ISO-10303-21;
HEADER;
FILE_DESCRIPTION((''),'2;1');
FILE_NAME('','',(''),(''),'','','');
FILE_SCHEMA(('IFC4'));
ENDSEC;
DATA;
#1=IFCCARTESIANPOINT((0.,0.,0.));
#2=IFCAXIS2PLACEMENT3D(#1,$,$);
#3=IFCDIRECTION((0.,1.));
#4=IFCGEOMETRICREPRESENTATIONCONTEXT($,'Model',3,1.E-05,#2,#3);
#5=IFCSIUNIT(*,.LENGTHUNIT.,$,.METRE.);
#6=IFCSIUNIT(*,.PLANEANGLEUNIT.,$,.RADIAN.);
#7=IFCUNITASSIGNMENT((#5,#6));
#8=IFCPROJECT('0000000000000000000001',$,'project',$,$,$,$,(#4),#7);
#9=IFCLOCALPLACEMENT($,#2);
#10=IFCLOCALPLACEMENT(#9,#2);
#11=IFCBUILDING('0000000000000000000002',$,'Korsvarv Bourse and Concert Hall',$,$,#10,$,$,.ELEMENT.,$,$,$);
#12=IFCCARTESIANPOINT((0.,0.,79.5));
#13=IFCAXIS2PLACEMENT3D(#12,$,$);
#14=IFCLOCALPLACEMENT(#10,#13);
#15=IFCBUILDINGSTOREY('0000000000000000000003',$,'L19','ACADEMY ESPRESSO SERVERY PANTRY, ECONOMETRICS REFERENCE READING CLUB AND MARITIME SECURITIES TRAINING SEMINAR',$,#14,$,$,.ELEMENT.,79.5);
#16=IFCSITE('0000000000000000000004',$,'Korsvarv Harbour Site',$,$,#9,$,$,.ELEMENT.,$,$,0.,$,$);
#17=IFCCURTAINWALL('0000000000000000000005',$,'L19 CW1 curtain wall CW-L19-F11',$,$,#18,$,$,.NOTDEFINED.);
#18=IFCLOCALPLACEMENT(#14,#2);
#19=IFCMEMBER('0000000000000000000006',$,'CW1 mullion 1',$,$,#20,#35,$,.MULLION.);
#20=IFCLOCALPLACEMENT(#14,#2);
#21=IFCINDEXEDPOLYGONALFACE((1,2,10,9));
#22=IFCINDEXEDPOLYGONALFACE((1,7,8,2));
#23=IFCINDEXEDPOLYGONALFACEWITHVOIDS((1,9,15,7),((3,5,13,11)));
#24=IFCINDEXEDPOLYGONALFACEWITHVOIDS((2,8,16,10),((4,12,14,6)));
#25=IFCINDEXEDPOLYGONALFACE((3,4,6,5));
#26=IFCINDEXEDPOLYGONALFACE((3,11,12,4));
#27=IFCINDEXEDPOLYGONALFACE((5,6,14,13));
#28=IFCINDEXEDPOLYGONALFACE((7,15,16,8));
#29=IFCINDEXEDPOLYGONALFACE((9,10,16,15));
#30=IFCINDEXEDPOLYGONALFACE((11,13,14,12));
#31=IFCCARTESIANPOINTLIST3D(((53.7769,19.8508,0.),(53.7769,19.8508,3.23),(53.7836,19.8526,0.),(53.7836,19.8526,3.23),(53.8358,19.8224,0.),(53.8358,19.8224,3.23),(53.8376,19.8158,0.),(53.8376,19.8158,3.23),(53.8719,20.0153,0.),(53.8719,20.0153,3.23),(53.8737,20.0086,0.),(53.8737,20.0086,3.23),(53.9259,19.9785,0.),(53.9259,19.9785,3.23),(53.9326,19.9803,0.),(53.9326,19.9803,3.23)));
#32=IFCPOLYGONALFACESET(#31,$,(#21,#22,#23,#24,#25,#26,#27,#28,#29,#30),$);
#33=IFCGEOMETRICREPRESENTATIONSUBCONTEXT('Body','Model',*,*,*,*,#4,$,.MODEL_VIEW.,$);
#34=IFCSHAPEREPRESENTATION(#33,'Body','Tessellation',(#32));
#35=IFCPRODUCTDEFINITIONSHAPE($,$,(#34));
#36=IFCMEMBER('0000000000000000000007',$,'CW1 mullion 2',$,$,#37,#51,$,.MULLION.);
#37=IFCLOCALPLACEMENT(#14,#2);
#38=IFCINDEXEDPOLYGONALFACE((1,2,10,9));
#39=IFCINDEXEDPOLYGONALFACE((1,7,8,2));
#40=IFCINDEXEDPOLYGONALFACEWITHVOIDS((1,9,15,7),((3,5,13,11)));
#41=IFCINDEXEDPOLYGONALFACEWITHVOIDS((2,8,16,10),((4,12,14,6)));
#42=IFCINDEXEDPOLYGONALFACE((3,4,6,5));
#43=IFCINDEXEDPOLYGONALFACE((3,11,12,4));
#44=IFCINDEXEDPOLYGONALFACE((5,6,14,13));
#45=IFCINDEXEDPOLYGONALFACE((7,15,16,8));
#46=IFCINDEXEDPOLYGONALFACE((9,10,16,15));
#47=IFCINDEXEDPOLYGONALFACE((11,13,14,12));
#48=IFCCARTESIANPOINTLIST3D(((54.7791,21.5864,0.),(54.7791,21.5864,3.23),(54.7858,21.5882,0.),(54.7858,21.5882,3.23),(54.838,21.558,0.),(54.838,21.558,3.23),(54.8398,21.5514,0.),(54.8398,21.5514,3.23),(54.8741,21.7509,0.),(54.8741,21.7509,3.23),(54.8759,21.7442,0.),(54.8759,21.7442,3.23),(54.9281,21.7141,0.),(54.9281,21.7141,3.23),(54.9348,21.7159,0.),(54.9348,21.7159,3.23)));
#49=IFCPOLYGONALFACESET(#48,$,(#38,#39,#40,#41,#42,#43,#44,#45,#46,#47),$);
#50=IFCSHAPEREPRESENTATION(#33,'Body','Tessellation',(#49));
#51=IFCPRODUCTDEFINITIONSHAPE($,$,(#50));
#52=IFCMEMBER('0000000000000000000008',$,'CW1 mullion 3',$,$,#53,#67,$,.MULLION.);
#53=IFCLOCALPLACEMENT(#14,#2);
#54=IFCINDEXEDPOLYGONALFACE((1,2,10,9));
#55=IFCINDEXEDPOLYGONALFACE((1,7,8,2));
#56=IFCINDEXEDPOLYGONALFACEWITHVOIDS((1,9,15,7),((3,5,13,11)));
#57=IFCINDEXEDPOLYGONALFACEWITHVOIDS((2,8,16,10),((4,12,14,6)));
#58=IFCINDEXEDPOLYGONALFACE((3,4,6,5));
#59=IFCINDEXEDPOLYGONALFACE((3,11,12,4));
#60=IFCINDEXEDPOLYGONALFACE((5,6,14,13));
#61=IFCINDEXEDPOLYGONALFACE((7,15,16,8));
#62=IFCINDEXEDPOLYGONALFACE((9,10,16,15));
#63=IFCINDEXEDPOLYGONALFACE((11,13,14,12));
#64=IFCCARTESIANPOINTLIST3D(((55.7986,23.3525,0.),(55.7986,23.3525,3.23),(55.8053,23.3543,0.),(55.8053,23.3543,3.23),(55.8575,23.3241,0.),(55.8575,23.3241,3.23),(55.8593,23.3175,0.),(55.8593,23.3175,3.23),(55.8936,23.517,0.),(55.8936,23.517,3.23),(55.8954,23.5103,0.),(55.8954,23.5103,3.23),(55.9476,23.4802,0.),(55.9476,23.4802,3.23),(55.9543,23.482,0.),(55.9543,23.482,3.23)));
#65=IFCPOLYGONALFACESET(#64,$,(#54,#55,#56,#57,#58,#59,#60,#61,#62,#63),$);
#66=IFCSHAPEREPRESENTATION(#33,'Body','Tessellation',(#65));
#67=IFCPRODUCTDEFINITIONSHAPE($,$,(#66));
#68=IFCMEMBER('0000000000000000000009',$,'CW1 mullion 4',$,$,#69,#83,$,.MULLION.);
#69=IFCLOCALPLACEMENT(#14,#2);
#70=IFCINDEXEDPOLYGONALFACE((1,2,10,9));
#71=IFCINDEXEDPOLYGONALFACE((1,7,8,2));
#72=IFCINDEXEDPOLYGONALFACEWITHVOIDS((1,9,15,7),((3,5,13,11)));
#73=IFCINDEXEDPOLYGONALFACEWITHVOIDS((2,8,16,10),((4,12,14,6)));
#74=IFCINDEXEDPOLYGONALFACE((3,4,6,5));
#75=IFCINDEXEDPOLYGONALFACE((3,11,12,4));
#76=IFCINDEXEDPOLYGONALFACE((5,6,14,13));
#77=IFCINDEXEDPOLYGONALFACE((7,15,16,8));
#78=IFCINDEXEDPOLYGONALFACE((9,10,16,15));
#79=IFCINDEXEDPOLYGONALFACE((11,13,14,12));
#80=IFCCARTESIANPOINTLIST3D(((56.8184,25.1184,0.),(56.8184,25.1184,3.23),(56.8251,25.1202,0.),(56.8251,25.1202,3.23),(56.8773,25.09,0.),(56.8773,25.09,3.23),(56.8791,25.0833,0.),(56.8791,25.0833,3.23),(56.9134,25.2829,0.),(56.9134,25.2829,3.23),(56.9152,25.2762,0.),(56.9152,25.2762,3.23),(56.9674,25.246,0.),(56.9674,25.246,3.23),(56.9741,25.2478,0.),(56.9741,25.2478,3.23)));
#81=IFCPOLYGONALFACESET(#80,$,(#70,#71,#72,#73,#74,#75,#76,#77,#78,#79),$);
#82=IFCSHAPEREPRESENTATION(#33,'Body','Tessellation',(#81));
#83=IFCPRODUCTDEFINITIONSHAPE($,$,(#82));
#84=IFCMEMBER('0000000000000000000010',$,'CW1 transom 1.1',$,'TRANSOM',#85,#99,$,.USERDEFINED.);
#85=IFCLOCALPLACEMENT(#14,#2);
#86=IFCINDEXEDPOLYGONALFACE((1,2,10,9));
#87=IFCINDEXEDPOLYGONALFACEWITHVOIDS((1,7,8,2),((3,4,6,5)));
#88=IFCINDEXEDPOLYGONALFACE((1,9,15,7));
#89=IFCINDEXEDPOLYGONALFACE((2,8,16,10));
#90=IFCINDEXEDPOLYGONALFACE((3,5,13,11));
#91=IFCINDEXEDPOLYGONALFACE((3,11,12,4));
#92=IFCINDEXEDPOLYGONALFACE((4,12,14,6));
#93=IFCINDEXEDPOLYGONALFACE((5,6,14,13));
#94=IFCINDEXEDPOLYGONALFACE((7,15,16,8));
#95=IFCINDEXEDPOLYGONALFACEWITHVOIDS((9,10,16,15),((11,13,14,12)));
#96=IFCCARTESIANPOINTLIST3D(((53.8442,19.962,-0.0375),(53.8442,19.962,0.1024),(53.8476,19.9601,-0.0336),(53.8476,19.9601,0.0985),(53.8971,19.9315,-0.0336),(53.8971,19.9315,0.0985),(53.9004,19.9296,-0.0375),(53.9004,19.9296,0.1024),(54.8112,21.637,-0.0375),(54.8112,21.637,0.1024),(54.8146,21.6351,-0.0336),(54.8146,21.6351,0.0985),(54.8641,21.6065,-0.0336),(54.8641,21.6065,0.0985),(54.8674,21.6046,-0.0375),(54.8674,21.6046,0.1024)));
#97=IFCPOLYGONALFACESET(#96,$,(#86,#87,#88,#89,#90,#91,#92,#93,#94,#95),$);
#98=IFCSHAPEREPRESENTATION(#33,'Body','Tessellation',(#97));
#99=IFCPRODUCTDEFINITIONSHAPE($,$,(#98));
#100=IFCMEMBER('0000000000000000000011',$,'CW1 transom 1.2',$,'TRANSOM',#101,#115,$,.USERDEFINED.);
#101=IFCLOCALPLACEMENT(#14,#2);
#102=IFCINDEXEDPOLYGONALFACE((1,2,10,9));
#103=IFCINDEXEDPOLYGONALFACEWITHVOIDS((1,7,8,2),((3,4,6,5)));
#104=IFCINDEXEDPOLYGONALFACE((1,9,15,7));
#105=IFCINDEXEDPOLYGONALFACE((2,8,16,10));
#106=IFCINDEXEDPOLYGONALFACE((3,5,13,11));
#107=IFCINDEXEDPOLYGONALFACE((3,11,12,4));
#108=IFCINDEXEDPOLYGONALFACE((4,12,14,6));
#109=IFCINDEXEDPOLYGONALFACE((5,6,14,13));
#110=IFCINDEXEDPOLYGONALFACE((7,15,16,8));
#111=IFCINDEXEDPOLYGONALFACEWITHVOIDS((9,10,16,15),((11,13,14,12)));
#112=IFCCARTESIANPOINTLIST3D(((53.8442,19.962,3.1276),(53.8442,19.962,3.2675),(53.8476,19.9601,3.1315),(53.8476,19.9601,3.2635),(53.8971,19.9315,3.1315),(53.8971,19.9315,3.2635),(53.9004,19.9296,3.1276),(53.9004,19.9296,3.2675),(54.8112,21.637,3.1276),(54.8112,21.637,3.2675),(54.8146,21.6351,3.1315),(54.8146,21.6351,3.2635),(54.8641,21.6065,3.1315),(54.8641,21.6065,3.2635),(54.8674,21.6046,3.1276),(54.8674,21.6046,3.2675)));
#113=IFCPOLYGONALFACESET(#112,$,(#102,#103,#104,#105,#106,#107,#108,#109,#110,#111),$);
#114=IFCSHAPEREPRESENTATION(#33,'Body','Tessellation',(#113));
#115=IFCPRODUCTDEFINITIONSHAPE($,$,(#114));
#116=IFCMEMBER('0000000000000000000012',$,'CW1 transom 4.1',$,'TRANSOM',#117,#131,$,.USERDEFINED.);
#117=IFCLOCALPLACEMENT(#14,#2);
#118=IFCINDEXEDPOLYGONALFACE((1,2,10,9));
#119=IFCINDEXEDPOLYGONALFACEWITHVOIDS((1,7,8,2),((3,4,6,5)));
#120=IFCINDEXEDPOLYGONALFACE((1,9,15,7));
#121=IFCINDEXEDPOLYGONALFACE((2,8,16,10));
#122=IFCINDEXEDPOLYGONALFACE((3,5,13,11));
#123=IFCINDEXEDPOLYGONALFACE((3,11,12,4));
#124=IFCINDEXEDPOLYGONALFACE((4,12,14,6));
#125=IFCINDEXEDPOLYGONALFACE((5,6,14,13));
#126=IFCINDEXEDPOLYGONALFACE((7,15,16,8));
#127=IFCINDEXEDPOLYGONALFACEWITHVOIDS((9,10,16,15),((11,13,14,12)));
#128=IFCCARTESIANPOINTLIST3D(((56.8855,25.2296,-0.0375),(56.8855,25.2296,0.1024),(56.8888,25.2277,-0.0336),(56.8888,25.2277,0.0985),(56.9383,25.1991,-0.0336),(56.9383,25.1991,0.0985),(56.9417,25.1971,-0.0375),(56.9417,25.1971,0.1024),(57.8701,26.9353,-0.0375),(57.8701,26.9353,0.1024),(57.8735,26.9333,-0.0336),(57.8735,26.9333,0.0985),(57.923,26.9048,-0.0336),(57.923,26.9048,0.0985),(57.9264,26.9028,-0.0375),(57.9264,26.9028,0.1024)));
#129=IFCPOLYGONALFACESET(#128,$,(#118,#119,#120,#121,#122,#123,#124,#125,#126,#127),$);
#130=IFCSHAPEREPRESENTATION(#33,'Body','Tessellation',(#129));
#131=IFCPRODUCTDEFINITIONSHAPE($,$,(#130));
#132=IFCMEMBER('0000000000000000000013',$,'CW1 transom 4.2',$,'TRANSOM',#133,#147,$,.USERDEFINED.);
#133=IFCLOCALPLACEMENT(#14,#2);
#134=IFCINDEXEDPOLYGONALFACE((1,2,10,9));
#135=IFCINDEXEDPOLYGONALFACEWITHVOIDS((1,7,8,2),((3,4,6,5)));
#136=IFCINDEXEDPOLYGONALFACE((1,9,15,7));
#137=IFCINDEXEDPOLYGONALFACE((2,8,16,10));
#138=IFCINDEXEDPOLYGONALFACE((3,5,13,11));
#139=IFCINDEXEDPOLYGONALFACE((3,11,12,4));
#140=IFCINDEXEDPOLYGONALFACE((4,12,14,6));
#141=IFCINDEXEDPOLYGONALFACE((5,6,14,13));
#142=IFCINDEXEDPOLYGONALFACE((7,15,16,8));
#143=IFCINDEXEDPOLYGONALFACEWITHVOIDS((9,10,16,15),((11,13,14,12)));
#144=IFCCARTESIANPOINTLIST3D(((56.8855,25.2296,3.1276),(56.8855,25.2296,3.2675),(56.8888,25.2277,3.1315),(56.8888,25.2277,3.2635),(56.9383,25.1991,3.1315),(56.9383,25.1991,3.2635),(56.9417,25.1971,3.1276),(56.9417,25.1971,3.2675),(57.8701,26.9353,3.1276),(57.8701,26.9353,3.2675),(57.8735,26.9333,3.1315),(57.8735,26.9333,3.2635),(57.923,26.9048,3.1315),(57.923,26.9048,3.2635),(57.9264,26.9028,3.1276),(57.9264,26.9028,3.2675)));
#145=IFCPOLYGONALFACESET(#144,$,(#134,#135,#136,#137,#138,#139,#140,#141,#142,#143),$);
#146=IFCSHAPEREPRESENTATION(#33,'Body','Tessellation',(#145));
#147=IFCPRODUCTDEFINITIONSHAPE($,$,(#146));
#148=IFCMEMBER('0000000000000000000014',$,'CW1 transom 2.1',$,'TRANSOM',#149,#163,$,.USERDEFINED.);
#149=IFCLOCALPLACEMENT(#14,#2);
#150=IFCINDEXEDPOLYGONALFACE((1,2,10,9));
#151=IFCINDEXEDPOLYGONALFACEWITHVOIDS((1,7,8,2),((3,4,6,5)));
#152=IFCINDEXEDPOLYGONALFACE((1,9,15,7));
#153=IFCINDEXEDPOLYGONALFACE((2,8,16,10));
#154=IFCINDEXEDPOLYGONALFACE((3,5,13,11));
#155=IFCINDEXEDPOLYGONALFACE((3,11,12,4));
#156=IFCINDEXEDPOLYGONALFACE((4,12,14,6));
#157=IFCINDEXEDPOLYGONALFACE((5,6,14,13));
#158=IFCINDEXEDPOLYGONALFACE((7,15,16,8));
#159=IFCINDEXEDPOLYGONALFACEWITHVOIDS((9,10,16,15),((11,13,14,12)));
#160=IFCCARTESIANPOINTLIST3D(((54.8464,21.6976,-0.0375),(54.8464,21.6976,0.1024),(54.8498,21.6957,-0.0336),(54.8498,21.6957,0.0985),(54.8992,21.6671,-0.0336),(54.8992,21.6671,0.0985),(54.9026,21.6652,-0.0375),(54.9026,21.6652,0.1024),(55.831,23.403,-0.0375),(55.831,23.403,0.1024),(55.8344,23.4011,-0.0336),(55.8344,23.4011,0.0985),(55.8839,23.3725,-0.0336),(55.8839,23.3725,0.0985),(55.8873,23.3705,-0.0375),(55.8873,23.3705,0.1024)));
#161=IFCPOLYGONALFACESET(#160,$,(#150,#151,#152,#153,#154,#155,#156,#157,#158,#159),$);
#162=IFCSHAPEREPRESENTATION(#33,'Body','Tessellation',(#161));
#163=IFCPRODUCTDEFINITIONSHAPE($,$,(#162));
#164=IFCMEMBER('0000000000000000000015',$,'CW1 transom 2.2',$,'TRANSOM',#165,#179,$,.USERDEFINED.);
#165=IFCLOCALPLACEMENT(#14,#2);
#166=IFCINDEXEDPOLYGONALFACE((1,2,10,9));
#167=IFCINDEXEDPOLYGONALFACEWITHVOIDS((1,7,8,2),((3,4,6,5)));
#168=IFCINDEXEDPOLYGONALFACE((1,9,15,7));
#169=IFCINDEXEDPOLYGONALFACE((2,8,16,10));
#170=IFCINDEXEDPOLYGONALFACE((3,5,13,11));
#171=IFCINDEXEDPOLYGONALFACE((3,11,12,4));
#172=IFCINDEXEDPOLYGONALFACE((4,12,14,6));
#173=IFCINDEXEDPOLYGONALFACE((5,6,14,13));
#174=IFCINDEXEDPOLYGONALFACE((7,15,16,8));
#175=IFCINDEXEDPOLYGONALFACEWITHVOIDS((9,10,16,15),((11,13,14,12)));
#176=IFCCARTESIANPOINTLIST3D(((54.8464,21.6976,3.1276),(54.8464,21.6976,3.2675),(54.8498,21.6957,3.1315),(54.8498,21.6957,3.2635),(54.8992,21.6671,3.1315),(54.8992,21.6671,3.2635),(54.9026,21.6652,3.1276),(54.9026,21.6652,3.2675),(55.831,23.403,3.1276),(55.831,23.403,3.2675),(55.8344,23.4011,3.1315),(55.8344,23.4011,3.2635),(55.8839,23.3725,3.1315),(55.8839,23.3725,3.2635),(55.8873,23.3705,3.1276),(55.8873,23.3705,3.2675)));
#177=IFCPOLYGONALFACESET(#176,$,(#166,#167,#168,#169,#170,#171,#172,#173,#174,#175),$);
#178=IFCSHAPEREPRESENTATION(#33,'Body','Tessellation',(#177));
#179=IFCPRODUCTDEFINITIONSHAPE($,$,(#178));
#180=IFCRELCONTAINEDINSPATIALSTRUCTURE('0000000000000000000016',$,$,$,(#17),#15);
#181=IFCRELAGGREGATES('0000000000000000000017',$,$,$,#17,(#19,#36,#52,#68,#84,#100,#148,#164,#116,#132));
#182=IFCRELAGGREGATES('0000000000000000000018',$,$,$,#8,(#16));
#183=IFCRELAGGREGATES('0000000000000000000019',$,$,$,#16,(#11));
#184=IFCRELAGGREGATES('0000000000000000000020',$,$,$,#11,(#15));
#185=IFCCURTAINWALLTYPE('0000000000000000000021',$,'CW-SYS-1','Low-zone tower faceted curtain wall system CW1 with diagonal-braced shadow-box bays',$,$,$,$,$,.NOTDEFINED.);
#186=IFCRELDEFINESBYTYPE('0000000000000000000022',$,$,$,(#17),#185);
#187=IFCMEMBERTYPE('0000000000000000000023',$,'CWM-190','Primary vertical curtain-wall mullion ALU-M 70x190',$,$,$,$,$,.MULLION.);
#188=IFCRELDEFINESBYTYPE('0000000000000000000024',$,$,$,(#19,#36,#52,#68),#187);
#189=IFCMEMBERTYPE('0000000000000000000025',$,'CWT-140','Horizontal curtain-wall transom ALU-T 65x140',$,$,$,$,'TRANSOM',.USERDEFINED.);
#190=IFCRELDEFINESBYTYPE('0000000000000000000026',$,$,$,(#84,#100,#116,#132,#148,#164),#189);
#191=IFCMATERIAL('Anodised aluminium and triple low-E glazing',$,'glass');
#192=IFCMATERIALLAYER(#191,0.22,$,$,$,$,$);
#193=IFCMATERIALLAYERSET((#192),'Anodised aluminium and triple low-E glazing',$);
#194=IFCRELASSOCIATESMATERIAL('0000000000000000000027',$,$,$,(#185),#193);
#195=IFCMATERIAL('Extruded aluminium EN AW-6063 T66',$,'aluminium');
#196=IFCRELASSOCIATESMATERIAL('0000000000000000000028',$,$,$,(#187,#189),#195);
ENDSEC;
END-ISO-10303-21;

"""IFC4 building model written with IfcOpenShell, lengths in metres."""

from ifc_helpers import new_model, si_unit, direction, frame, origin, origin_2d, place, context, subcontext, project, spatial, hollow_rectangle, extrude, source, transform, mapped, material, layer, layer_set, material_profile, profile_set, type_object, element, aggregate, save


model = new_model("IFC4")

# Units and contexts
model_context = context("Model", 3, precision=1e-05, world=origin(), true_north=direction((0.0, 1.0)))
body_context = subcontext(model_context, "Body", "Model", "MODEL_VIEW")
ifc_project = project(units=[si_unit("LENGTHUNIT", "METRE"), si_unit("PLANEANGLEUNIT", "RADIAN")], contexts=[model_context])

# Site, building, storey
site_placement = place(None, origin())
site = spatial("IfcSite", under=ifc_project, at=site_placement, Name="Korsvarv Harbour Site", CompositionType="ELEMENT", RefElevation=0.0)
building_placement = place(site_placement, origin())
building = spatial("IfcBuilding", under=site, at=building_placement, Name="Korsvarv Bourse and Concert Hall", CompositionType="ELEMENT")
storey_placement = place(building_placement, frame((0.0, 0.0, 79.5)))
storey = spatial("IfcBuildingStorey", under=building, at=storey_placement, Name="L19", Description="ACADEMY ESPRESSO SERVERY PANTRY, ECONOMETRICS REFERENCE READING CLUB AND MARITIME SECURITIES TRAINING SEMINAR", CompositionType="ELEMENT", Elevation=79.5)

# Curtain wall, members
ifc_material_1 = material(Name="Anodised aluminium and triple low-E glazing", Category="glass")
ifc_layer_1 = layer(ifc_material_1, 0.22)
ifc_layer_set_1 = layer_set([ifc_layer_1], Name="Anodised aluminium and triple low-E glazing")
curtain_wall_type = type_object("IfcCurtainWallType", Name="CW-SYS-1", Description="Low-zone tower faceted curtain wall system CW1 with diagonal-braced shadow-box bays", PredefinedType="NOTDEFINED", material=ifc_layer_set_1)
curtain_wall_placement = place(storey_placement, origin())
curtain_wall = element("IfcCurtainWall", 1, at=curtain_wall_placement, inside=storey, type_object=curtain_wall_type, Name="L19 CW1 curtain wall CW-L19-F11", PredefinedType="NOTDEFINED")
ifc_material_2 = material(Name="Extruded aluminium EN AW-6063 T66", Category="aluminium")
ifc_material_profile_1 = material_profile(ifc_material_2, hollow_rectangle(XDim=0.0701, YDim=0.1899, WallThickness=0.0049, at=origin_2d()), Name="ALU-M 70x190")
ifc_profile_set_1 = profile_set([ifc_material_profile_1], Name="Extruded aluminium EN AW-6063 T66")
member_type_1 = type_object("IfcMemberType", Name="CWM-190", Description="Primary vertical curtain-wall mullion ALU-M 70x190", PredefinedType="MULLION", material=ifc_profile_set_1)
shared_shape_1 = source(origin(), body_context, "Body", "SweptSolid", [
    extrude(hollow_rectangle(XDim=0.0701, YDim=0.1899, WallThickness=0.0049, at=origin_2d()), origin(), (0.0, 0.0, 1.0), 3.23),
])
member_1_placement = place(storey_placement, frame((53.8547, 19.9155, 0.0), z_axis=(0.0, 0.0, 1.0), x_axis=(-0.866024, 0.500002, 0.0)))
member_1 = element("IfcMember", 2, at=member_1_placement, type_object=member_type_1, Name="CW1 mullion 1", PredefinedType="MULLION", context=body_context, shape_type="MappedRepresentation", body=[
    mapped(shared_shape_1, transform((0.0, 0.0, 0.0), scale=1.0)),
])
member_2_placement = place(storey_placement, frame((54.8569, 21.6511, 0.0), z_axis=(0.0, 0.0, 1.0), x_axis=(-0.866024, 0.500002, 0.0)))
member_2 = element("IfcMember", 3, at=member_2_placement, type_object=member_type_1, Name="CW1 mullion 2", PredefinedType="MULLION", context=body_context, shape_type="MappedRepresentation", body=[
    mapped(shared_shape_1, transform((0.0, 0.0, 0.0), scale=1.0)),
])
member_3_placement = place(storey_placement, frame((55.8765, 23.4172, 0.0), z_axis=(0.0, 0.0, 1.0), x_axis=(-0.866024, 0.500002, 0.0)))
member_3 = element("IfcMember", 4, at=member_3_placement, type_object=member_type_1, Name="CW1 mullion 3", PredefinedType="MULLION", context=body_context, shape_type="MappedRepresentation", body=[
    mapped(shared_shape_1, transform((0.0, 0.0, 0.0), scale=1.0)),
])
member_4_placement = place(storey_placement, frame((56.8962, 25.1831, 0.0), z_axis=(0.0, 0.0, 1.0), x_axis=(-0.866024, 0.500002, 0.0)))
member_4 = element("IfcMember", 5, at=member_4_placement, type_object=member_type_1, Name="CW1 mullion 4", PredefinedType="MULLION", context=body_context, shape_type="MappedRepresentation", body=[
    mapped(shared_shape_1, transform((0.0, 0.0, 0.0), scale=1.0)),
])
ifc_material_profile_2 = material_profile(ifc_material_2, hollow_rectangle(XDim=0.0649, YDim=0.1399, WallThickness=0.0039, at=origin_2d()), Name="ALU-T 65x140")
ifc_profile_set_2 = profile_set([ifc_material_profile_2], Name="Extruded aluminium EN AW-6063 T66")
member_type_2 = type_object("IfcMemberType", Name="CWT-140", Description="Horizontal curtain-wall transom ALU-T 65x140", ElementType="TRANSOM", PredefinedType="USERDEFINED", material=ifc_profile_set_2)
shared_shape_2 = source(origin(), body_context, "Body", "SweptSolid", [
    extrude(hollow_rectangle(XDim=0.0649, YDim=0.1399, WallThickness=0.0039, at=origin_2d()), origin(), (0.0, 0.0, 1.0), 1.9341),
])
member_5_placement = place(storey_placement, frame((53.8723, 19.9458, 0.0325), z_axis=(0.499981, 0.866036, 0.0), x_axis=(-0.866036, 0.499981, 0.0)))
member_5 = element("IfcMember", 6, at=member_5_placement, type_object=member_type_2, Name="CW1 transom 1.1", ObjectType="TRANSOM", PredefinedType="USERDEFINED", context=body_context, shape_type="MappedRepresentation", body=[
    mapped(shared_shape_2, transform((0.0, 0.0, 0.0), scale=1.0)),
])
member_6_placement = place(storey_placement, frame((53.8723, 19.9458, 3.1975), z_axis=(0.499981, 0.866036, 0.0), x_axis=(-0.866036, 0.499981, 0.0)))
member_6 = element("IfcMember", 7, at=member_6_placement, type_object=member_type_2, Name="CW1 transom 1.2", ObjectType="TRANSOM", PredefinedType="USERDEFINED", context=body_context, shape_type="MappedRepresentation", body=[
    mapped(shared_shape_2, transform((0.0, 0.0, 0.0), scale=1.0)),
])
shared_shape_3 = source(origin(), body_context, "Body", "SweptSolid", [
    extrude(hollow_rectangle(XDim=0.0649, YDim=0.1399, WallThickness=0.0039, at=origin_2d()), origin(), (0.0, 0.0, 1.0), 1.9695),
])
member_7_placement = place(storey_placement, frame((56.9136, 25.2134, 0.0325), z_axis=(0.499966, 0.866045, 0.0), x_axis=(-0.866045, 0.499966, 0.0)))
member_7 = element("IfcMember", 8, at=member_7_placement, type_object=member_type_2, Name="CW1 transom 4.1", ObjectType="TRANSOM", PredefinedType="USERDEFINED", context=body_context, shape_type="MappedRepresentation", body=[
    mapped(shared_shape_3, transform((0.0, 0.0, 0.0), scale=1.0)),
])
member_8_placement = place(storey_placement, frame((56.9136, 25.2134, 3.1975), z_axis=(0.499966, 0.866045, 0.0), x_axis=(-0.866045, 0.499966, 0.0)))
member_8 = element("IfcMember", 9, at=member_8_placement, type_object=member_type_2, Name="CW1 transom 4.2", ObjectType="TRANSOM", PredefinedType="USERDEFINED", context=body_context, shape_type="MappedRepresentation", body=[
    mapped(shared_shape_3, transform((0.0, 0.0, 0.0), scale=1.0)),
])
shared_shape_4 = source(origin(), body_context, "Body", "SweptSolid", [
    extrude(hollow_rectangle(XDim=0.0649, YDim=0.1399, WallThickness=0.0039, at=origin_2d()), origin(), (0.0, 0.0, 1.0), 1.9692),
])
member_9_placement = place(storey_placement, frame((54.8745, 21.6814, 0.0325), z_axis=(0.500019, 0.866014, 0.0), x_axis=(-0.866014, 0.500019, 0.0)))
member_9 = element("IfcMember", 10, at=member_9_placement, type_object=member_type_2, Name="CW1 transom 2.1", ObjectType="TRANSOM", PredefinedType="USERDEFINED", context=body_context, shape_type="MappedRepresentation", body=[
    mapped(shared_shape_4, transform((0.0, 0.0, 0.0), scale=1.0)),
])
member_10_placement = place(storey_placement, frame((54.8745, 21.6814, 3.1975), z_axis=(0.500019, 0.866014, 0.0), x_axis=(-0.866014, 0.500019, 0.0)))
member_10 = element("IfcMember", 11, at=member_10_placement, type_object=member_type_2, Name="CW1 transom 2.2", ObjectType="TRANSOM", PredefinedType="USERDEFINED", context=body_context, shape_type="MappedRepresentation", body=[
    mapped(shared_shape_4, transform((0.0, 0.0, 0.0), scale=1.0)),
])
aggregate(curtain_wall, [member_1, member_2, member_3, member_4, member_5, member_6, member_9, member_10, member_7, member_8])

save(model, "model.ifc")
